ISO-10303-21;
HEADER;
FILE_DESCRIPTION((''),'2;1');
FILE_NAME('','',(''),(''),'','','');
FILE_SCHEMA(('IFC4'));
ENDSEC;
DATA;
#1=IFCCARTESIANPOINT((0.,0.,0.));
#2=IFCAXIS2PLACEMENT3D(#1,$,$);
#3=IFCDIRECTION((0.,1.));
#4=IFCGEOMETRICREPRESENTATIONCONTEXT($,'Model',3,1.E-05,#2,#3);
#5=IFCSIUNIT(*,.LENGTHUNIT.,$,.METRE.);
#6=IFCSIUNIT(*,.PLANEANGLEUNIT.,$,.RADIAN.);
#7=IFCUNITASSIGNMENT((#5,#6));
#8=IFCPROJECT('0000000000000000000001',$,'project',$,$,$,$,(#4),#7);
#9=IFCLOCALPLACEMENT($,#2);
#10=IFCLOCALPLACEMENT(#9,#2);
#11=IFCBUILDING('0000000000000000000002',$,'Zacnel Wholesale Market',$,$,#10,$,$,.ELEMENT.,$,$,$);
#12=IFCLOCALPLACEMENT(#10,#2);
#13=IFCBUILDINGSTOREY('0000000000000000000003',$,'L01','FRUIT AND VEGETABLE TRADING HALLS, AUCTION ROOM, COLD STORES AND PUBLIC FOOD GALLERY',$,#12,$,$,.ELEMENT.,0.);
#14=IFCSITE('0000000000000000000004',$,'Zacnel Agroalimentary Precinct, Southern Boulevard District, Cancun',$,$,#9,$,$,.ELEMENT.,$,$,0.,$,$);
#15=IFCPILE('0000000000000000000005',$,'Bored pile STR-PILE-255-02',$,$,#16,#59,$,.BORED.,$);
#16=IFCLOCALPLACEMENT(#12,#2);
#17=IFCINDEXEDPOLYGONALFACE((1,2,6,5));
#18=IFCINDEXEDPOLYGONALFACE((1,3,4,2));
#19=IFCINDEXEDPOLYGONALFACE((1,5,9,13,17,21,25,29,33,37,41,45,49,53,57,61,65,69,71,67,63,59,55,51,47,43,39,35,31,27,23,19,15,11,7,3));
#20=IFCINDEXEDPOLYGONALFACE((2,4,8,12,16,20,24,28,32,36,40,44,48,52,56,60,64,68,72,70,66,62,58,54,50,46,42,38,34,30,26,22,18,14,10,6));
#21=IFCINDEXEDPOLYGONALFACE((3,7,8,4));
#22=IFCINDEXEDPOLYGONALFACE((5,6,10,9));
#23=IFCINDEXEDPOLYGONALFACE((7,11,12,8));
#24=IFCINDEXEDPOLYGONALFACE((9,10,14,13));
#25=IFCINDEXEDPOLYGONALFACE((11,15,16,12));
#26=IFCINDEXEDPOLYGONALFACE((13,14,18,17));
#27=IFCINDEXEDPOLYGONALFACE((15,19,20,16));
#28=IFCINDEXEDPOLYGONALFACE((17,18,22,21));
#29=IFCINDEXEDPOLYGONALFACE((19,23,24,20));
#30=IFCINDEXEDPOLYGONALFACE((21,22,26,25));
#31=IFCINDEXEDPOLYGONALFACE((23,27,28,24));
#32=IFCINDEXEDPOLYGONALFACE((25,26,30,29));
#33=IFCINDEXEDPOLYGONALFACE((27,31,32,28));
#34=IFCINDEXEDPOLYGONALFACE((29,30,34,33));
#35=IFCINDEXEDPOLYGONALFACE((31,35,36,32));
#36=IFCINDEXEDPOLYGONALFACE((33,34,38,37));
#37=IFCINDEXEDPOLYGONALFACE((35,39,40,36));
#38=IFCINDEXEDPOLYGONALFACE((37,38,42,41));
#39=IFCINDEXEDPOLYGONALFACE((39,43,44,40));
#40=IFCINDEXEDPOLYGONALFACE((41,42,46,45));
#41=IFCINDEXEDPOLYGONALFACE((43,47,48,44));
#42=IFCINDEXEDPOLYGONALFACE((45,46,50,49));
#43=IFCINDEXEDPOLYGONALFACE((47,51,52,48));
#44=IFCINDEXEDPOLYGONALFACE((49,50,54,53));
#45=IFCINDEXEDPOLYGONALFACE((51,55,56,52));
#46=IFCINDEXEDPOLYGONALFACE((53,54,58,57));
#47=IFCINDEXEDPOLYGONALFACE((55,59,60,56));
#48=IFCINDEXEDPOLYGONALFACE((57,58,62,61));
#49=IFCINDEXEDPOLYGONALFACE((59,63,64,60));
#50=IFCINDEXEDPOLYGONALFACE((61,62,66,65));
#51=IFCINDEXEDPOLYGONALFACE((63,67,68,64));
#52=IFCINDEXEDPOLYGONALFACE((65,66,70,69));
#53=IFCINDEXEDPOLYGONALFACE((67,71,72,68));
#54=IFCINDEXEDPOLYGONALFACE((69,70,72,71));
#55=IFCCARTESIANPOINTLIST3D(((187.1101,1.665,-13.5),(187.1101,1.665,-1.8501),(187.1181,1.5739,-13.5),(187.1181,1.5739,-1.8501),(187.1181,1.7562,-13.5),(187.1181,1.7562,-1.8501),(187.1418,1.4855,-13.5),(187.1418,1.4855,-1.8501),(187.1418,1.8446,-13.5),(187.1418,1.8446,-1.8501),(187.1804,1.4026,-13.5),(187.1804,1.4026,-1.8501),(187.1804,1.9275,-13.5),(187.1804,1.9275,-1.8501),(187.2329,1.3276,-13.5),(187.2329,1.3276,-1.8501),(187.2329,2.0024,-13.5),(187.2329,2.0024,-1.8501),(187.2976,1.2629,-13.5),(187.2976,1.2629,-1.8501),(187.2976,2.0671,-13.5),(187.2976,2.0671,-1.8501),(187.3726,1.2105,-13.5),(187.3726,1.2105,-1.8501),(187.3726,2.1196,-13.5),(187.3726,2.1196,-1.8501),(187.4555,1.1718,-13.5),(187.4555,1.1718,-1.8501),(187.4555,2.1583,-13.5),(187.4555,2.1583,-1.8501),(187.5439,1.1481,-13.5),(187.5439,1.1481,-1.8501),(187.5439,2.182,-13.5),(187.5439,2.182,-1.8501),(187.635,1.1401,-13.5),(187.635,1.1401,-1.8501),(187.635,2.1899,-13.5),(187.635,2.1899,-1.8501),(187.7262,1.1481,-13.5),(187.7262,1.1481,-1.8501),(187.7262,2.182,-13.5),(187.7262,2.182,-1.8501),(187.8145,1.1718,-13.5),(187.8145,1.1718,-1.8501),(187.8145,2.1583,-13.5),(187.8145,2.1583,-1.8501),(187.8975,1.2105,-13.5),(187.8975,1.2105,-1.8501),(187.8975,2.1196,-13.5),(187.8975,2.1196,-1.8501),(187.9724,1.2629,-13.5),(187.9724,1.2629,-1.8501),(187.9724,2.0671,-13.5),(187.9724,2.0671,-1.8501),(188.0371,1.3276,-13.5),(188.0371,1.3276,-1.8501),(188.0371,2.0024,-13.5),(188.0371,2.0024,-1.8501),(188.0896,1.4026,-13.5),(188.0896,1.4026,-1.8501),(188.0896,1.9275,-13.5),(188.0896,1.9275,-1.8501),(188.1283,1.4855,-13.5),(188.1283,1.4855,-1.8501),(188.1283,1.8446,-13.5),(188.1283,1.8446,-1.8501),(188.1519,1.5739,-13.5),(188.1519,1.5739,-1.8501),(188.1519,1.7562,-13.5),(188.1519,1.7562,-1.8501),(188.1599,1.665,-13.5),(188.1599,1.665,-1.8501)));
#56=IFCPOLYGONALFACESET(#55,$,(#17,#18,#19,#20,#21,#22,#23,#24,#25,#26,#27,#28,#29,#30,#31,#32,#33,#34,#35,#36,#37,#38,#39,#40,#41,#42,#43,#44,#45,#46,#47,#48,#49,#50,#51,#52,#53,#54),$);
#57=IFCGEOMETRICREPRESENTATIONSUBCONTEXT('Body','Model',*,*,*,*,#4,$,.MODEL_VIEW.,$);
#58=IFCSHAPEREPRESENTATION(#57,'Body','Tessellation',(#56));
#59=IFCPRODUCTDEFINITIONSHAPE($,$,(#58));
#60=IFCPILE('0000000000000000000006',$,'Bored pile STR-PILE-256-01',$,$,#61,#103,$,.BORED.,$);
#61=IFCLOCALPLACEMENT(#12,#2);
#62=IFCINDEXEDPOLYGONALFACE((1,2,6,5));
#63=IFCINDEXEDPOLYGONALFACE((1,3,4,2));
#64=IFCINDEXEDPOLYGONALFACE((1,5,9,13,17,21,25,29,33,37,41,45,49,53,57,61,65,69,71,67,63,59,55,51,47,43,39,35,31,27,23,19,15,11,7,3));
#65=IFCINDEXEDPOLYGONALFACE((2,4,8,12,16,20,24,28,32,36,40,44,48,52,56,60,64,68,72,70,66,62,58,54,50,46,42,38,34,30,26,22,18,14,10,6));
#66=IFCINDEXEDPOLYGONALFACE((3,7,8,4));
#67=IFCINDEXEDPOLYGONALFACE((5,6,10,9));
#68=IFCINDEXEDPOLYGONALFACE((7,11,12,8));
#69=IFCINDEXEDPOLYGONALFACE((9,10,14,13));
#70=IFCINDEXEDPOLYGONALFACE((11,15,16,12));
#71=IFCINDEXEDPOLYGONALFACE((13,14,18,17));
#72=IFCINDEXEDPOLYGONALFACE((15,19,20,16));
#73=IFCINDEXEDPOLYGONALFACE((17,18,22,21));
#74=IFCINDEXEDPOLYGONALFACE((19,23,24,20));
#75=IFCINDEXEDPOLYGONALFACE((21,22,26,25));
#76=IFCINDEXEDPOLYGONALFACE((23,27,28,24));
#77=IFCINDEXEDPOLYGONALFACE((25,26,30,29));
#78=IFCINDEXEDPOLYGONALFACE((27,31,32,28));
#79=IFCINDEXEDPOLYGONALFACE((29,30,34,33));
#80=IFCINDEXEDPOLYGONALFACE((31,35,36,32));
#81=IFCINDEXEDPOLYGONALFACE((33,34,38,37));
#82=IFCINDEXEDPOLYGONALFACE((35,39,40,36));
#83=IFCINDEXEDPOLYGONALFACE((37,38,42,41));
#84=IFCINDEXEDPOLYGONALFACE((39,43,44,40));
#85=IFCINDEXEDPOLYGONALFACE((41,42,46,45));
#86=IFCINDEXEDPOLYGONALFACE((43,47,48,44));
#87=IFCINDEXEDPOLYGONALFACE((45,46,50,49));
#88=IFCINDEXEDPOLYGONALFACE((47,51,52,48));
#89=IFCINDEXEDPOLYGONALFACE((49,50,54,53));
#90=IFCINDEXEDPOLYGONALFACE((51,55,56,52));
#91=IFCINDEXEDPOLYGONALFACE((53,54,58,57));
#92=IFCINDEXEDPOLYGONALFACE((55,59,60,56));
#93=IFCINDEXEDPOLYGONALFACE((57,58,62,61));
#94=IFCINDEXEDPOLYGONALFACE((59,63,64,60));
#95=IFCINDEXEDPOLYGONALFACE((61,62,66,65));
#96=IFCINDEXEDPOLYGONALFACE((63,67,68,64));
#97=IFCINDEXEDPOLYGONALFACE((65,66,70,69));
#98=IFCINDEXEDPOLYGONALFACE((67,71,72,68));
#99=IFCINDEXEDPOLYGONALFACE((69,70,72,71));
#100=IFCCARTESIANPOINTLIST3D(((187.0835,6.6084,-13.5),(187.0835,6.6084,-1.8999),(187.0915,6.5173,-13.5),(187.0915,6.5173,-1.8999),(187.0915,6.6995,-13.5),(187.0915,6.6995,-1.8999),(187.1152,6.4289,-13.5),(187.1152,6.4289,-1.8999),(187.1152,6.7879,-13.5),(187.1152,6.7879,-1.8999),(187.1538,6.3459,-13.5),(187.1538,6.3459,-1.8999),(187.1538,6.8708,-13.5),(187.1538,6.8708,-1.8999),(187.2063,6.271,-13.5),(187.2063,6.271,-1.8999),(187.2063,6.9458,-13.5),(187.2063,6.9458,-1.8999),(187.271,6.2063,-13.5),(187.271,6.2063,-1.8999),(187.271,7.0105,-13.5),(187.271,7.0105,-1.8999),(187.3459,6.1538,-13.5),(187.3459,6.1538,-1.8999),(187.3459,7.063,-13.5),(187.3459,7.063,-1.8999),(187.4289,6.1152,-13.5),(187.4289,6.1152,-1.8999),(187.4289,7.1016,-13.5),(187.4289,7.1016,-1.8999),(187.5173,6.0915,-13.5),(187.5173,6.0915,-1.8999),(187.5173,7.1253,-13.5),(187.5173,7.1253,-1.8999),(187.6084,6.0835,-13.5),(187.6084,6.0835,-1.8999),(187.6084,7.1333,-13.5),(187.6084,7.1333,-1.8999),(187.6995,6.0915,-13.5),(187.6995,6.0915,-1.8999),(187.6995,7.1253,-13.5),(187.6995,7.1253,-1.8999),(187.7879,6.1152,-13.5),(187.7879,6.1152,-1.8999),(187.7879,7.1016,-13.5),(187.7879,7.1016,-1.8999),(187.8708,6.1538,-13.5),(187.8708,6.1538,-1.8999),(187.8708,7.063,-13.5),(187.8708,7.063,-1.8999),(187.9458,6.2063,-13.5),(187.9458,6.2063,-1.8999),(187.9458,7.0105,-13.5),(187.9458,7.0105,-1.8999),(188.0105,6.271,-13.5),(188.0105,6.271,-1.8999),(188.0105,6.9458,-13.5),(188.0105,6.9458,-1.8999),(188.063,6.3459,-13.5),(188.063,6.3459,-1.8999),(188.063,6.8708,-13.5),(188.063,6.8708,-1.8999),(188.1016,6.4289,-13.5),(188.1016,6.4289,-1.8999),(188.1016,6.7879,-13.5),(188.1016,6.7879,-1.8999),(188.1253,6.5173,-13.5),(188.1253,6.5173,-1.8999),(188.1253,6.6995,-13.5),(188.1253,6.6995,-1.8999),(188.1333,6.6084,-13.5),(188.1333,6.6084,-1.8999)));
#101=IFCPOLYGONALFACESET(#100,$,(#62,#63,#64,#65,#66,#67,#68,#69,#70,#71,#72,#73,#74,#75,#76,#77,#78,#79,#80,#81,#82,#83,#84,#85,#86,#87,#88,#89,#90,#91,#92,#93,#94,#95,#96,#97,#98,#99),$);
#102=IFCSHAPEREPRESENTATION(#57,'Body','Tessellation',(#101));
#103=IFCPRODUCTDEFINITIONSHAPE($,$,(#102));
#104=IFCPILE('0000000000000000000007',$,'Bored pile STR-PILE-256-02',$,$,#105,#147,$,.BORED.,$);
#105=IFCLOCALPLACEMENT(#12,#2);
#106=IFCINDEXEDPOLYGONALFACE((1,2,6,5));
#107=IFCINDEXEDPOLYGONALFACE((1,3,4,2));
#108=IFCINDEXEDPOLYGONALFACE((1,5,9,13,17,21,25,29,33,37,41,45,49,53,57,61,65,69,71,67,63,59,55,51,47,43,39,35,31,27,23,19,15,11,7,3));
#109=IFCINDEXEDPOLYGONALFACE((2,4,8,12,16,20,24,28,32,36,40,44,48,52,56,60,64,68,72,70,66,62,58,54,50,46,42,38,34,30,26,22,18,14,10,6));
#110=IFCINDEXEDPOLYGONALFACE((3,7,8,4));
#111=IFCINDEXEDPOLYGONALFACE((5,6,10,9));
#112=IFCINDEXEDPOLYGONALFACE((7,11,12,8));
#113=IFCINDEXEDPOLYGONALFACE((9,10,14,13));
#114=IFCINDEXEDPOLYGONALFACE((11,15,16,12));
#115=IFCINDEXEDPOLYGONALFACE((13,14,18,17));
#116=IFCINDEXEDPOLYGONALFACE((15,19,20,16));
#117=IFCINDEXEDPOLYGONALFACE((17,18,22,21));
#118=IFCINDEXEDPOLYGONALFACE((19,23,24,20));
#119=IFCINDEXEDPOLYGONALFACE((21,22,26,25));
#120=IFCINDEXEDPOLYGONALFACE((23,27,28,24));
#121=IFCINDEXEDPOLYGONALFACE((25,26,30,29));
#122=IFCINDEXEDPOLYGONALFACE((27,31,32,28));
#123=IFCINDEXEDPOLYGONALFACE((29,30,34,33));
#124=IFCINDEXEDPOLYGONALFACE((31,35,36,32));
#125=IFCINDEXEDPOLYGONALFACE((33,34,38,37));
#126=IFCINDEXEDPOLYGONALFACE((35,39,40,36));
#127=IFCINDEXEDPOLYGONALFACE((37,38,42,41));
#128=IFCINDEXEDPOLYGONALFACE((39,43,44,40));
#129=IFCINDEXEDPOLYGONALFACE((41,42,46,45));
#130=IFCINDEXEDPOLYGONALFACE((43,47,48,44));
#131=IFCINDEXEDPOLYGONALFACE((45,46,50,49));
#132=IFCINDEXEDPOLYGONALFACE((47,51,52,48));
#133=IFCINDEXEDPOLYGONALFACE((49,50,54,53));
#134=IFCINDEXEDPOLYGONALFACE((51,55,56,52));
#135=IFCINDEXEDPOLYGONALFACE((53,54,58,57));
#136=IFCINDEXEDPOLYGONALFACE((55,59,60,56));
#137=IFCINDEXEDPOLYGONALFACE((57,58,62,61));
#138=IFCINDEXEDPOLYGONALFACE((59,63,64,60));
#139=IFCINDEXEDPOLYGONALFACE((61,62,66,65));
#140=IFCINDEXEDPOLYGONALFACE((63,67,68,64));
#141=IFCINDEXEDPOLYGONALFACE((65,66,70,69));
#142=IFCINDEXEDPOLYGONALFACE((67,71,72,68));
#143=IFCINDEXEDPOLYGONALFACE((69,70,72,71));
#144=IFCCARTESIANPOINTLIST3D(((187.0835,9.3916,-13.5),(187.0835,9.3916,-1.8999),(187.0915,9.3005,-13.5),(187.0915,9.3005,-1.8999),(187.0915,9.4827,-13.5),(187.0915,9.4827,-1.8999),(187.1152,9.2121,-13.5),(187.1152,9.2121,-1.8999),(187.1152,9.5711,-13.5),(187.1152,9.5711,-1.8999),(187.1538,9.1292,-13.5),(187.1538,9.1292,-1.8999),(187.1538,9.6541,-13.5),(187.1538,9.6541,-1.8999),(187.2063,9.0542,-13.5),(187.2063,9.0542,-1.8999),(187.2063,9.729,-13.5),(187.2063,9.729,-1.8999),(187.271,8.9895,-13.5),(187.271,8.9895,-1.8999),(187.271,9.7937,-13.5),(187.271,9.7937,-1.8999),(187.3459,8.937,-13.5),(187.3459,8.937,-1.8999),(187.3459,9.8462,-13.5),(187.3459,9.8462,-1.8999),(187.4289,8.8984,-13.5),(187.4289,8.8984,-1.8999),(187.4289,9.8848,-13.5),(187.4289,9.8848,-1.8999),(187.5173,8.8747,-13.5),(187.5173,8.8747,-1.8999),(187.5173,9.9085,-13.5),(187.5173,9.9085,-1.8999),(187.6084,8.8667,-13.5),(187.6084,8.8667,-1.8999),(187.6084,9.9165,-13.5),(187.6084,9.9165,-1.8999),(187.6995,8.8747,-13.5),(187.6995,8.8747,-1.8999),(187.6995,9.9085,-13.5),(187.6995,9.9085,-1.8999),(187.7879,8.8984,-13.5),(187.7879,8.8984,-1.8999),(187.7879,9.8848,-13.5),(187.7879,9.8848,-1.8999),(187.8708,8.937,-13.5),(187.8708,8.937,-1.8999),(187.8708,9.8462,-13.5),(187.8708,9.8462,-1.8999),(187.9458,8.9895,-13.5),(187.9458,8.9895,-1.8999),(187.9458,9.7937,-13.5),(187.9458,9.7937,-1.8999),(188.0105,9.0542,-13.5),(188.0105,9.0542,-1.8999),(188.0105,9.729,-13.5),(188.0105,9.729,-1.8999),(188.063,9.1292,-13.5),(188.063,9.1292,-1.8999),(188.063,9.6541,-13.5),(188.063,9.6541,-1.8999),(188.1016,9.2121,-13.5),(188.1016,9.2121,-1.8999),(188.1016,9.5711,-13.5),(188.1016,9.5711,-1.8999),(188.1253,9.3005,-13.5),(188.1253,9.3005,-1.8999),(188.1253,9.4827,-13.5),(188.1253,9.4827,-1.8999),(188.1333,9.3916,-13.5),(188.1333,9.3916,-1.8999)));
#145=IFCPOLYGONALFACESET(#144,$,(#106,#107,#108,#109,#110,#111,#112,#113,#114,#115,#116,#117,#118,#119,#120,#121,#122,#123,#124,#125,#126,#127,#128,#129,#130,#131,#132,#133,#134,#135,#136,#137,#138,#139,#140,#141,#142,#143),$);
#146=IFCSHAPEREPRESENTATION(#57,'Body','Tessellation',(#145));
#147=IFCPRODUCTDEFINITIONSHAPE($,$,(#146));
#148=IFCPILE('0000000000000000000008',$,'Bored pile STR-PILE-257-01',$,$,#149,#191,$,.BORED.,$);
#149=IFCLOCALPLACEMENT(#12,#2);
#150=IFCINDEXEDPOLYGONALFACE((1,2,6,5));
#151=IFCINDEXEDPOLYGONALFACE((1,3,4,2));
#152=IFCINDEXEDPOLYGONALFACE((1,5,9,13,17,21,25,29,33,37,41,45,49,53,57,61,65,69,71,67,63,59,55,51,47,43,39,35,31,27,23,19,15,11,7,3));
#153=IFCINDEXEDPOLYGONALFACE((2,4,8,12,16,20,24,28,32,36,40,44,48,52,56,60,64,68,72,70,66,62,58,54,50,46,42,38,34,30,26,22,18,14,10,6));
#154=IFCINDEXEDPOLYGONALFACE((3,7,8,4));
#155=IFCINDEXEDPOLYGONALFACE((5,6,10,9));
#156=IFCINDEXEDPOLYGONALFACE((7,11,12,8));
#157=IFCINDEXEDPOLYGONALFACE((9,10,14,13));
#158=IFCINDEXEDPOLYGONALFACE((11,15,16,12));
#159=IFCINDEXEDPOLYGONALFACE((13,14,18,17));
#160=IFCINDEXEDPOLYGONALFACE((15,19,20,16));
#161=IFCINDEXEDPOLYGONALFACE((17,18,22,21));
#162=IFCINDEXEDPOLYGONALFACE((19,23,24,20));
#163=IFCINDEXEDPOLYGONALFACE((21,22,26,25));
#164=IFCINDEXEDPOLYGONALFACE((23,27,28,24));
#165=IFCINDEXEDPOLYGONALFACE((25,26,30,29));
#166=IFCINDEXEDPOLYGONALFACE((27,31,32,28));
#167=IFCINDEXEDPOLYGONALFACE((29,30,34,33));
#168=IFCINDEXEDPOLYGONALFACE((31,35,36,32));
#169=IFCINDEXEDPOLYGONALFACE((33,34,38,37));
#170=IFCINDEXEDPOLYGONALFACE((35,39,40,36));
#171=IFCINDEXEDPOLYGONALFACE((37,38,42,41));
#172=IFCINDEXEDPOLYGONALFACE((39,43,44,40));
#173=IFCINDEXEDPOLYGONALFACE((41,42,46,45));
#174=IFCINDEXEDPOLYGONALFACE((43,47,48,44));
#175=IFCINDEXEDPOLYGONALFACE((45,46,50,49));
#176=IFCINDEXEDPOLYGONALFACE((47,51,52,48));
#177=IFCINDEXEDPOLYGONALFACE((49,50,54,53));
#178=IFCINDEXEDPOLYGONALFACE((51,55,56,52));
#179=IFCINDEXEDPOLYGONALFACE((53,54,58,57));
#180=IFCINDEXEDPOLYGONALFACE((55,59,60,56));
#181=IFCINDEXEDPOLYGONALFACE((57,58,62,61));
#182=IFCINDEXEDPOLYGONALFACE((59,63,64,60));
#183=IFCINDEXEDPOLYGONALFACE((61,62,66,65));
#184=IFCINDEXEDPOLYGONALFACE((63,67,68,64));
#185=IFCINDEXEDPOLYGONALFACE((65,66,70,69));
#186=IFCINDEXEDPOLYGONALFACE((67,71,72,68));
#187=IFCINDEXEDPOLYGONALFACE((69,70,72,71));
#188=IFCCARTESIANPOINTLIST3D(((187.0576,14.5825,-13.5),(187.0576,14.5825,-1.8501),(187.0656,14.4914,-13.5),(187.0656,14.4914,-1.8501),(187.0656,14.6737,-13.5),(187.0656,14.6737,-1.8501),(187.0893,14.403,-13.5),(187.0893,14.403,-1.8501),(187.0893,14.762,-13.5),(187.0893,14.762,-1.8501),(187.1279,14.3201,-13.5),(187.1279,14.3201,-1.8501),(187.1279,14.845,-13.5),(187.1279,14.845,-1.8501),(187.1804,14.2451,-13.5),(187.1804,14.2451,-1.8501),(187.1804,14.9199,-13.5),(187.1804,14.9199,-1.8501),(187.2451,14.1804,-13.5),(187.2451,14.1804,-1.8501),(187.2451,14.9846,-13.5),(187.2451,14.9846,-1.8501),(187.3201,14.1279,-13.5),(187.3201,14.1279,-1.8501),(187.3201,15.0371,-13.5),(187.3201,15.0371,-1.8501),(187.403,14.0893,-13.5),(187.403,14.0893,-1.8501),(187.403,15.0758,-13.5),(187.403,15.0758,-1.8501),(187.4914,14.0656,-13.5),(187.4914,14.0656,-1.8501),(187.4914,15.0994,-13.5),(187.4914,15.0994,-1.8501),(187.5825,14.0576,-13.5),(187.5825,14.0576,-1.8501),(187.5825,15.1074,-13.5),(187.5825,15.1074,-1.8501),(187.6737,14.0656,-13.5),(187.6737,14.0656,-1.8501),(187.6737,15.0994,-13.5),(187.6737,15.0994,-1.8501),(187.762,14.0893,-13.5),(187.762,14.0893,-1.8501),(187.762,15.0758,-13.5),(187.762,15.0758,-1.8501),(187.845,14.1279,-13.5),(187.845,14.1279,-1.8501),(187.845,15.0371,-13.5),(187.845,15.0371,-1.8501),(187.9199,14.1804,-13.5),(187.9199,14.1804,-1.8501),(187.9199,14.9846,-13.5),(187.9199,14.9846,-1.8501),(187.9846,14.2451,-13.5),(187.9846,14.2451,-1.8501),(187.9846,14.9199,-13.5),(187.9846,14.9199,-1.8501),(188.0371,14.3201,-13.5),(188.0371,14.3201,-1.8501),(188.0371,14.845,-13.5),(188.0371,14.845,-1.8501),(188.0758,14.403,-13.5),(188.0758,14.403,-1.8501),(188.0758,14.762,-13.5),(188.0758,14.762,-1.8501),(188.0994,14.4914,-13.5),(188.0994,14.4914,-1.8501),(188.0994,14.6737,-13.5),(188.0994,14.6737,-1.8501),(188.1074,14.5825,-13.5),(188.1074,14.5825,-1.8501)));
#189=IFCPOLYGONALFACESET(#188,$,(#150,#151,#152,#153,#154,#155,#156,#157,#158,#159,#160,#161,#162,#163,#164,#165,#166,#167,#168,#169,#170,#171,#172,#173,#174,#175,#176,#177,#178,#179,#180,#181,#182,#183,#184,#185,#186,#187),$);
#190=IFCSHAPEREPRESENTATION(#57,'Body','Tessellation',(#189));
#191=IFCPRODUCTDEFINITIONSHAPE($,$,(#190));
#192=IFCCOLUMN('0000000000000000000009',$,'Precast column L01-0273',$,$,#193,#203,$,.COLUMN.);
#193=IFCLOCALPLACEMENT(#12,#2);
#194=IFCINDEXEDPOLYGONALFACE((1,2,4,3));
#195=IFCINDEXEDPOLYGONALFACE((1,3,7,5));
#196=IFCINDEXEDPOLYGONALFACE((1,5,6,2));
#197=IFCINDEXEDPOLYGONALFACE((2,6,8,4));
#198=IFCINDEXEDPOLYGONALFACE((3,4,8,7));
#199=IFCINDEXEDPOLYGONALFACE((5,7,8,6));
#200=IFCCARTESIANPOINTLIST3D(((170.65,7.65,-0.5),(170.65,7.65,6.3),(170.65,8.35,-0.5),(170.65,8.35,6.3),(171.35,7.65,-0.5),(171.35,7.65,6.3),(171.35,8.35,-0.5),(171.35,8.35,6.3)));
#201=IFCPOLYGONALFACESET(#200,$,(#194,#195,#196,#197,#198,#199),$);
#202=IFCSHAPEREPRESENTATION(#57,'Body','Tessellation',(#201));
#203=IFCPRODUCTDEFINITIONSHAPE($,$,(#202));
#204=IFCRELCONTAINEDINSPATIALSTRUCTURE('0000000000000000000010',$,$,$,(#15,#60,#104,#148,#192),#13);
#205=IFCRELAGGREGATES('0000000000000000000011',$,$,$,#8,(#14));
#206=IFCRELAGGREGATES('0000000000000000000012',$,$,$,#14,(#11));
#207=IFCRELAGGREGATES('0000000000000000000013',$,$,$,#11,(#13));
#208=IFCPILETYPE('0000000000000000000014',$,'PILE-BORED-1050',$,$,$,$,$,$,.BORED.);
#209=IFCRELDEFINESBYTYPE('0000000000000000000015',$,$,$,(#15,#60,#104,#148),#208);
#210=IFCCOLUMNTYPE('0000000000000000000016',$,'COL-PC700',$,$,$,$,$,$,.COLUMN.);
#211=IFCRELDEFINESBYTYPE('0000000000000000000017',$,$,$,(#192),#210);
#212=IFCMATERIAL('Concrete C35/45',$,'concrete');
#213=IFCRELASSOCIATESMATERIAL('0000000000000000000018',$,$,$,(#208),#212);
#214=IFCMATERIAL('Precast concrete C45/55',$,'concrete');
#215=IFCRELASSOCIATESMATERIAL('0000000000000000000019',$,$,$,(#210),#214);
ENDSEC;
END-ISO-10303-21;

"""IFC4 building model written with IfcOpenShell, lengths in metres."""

from ifc_helpers import new_model, si_unit, direction, frame, origin, origin_2d, place, context, subcontext, project, spatial, rectangle, circle, extrude, material, material_profile, profile_set, type_object, element, save


model = new_model("IFC4")

# Units and contexts
model_context = context("Model", 3, precision=1e-05, world=origin(), true_north=direction((0.0, 1.0)))
body_context = subcontext(model_context, "Body", "Model", "MODEL_VIEW")
ifc_project = project(units=[si_unit("LENGTHUNIT", "METRE"), si_unit("PLANEANGLEUNIT", "RADIAN")], contexts=[model_context])

# Site, building, storey
site_placement = place(None, origin())
site = spatial("IfcSite", under=ifc_project, at=site_placement, Name="Zacnel Agroalimentary Precinct, Southern Boulevard District, Cancun", CompositionType="ELEMENT", RefElevation=0.0)
building_placement = place(site_placement, origin())
building = spatial("IfcBuilding", under=site, at=building_placement, Name="Zacnel Wholesale Market", CompositionType="ELEMENT")
storey_placement = place(building_placement, origin())
storey = spatial("IfcBuildingStorey", under=building, at=storey_placement, Name="L01", Description="FRUIT AND VEGETABLE TRADING HALLS, AUCTION ROOM, COLD STORES AND PUBLIC FOOD GALLERY", CompositionType="ELEMENT", Elevation=0.0)

# Piles
ifc_material_1 = material(Name="Concrete C35/45", Category="concrete")
ifc_material_profile_1 = material_profile(ifc_material_1, circle(Radius=0.5249, at=origin_2d()), Name="BORED PILE D1050")
ifc_profile_set_1 = profile_set([ifc_material_profile_1], Name="Concrete C35/45")
pile_type = type_object("IfcPileType", Name="PILE-BORED-1050", PredefinedType="BORED", material=ifc_profile_set_1)
for number, where, z_axis, x_axis, name in (
    (1, (187.635, 1.665, -1.8501), (0.0, 0.0, -1.0), (1.0, 0.0, 0.0), "Bored pile STR-PILE-255-02"),
):
    element("IfcPile", number, at=place(storey_placement, frame(where, z_axis=z_axis, x_axis=x_axis)), inside=storey, type_object=pile_type, Name=name, PredefinedType="BORED", context=body_context, shape_type="SweptSolid", body=[
        extrude(circle(Radius=0.5249, at=origin_2d()), origin(), (0.0, 0.0, 1.0), 11.6499),
    ])
for number, where, z_axis, x_axis, name in (
    (2, (187.6084, 6.6084, -1.8999), (0.0, 0.0, -1.0), (1.0, 0.0, 0.0), "Bored pile STR-PILE-256-01"),
    (3, (187.6084, 9.3916, -1.8999), (0.0, 0.0, -1.0), (1.0, 0.0, 0.0), "Bored pile STR-PILE-256-02"),
):
    element("IfcPile", number, at=place(storey_placement, frame(where, z_axis=z_axis, x_axis=x_axis)), inside=storey, type_object=pile_type, Name=name, PredefinedType="BORED", context=body_context, shape_type="SweptSolid", body=[
        extrude(circle(Radius=0.5249, at=origin_2d()), origin(), (0.0, 0.0, 1.0), 11.6001),
    ])
pile_1_placement = place(storey_placement, frame((187.5825, 14.5825, -1.8501), z_axis=(0.0, 0.0, -1.0), x_axis=(1.0, 0.0, 0.0)))
element("IfcPile", 4, at=pile_1_placement, inside=storey, type_object=pile_type, Name="Bored pile STR-PILE-257-01", PredefinedType="BORED", context=body_context, shape_type="SweptSolid", body=[
    extrude(circle(Radius=0.5249, at=origin_2d()), origin(), (0.0, 0.0, 1.0), 11.6499),
])

# Column
ifc_material_2 = material(Name="Precast concrete C45/55", Category="concrete")
ifc_material_profile_2 = material_profile(ifc_material_2, rectangle(XDim=0.7, YDim=0.7, at=origin_2d()), Name="PC 700x700")
ifc_profile_set_2 = profile_set([ifc_material_profile_2], Name="Precast concrete C45/55")
column_type = type_object("IfcColumnType", Name="COL-PC700", PredefinedType="COLUMN", material=ifc_profile_set_2)
for number, where, z_axis, x_axis, name in (
    (5, (171.0, 8.0, -0.5), (0.0, 0.0, 1.0), (1.0, 0.0, 0.0), "Precast column L01-0273"),
):
    element("IfcColumn", number, at=place(storey_placement, frame(where, z_axis=z_axis, x_axis=x_axis)), inside=storey, type_object=column_type, Name=name, PredefinedType="COLUMN", context=body_context, shape_type="SweptSolid", body=[
        extrude(rectangle(XDim=0.7, YDim=0.7, at=origin_2d()), origin(), (0.0, 0.0, 1.0), 6.8),
    ])

save(model, "model.ifc")
